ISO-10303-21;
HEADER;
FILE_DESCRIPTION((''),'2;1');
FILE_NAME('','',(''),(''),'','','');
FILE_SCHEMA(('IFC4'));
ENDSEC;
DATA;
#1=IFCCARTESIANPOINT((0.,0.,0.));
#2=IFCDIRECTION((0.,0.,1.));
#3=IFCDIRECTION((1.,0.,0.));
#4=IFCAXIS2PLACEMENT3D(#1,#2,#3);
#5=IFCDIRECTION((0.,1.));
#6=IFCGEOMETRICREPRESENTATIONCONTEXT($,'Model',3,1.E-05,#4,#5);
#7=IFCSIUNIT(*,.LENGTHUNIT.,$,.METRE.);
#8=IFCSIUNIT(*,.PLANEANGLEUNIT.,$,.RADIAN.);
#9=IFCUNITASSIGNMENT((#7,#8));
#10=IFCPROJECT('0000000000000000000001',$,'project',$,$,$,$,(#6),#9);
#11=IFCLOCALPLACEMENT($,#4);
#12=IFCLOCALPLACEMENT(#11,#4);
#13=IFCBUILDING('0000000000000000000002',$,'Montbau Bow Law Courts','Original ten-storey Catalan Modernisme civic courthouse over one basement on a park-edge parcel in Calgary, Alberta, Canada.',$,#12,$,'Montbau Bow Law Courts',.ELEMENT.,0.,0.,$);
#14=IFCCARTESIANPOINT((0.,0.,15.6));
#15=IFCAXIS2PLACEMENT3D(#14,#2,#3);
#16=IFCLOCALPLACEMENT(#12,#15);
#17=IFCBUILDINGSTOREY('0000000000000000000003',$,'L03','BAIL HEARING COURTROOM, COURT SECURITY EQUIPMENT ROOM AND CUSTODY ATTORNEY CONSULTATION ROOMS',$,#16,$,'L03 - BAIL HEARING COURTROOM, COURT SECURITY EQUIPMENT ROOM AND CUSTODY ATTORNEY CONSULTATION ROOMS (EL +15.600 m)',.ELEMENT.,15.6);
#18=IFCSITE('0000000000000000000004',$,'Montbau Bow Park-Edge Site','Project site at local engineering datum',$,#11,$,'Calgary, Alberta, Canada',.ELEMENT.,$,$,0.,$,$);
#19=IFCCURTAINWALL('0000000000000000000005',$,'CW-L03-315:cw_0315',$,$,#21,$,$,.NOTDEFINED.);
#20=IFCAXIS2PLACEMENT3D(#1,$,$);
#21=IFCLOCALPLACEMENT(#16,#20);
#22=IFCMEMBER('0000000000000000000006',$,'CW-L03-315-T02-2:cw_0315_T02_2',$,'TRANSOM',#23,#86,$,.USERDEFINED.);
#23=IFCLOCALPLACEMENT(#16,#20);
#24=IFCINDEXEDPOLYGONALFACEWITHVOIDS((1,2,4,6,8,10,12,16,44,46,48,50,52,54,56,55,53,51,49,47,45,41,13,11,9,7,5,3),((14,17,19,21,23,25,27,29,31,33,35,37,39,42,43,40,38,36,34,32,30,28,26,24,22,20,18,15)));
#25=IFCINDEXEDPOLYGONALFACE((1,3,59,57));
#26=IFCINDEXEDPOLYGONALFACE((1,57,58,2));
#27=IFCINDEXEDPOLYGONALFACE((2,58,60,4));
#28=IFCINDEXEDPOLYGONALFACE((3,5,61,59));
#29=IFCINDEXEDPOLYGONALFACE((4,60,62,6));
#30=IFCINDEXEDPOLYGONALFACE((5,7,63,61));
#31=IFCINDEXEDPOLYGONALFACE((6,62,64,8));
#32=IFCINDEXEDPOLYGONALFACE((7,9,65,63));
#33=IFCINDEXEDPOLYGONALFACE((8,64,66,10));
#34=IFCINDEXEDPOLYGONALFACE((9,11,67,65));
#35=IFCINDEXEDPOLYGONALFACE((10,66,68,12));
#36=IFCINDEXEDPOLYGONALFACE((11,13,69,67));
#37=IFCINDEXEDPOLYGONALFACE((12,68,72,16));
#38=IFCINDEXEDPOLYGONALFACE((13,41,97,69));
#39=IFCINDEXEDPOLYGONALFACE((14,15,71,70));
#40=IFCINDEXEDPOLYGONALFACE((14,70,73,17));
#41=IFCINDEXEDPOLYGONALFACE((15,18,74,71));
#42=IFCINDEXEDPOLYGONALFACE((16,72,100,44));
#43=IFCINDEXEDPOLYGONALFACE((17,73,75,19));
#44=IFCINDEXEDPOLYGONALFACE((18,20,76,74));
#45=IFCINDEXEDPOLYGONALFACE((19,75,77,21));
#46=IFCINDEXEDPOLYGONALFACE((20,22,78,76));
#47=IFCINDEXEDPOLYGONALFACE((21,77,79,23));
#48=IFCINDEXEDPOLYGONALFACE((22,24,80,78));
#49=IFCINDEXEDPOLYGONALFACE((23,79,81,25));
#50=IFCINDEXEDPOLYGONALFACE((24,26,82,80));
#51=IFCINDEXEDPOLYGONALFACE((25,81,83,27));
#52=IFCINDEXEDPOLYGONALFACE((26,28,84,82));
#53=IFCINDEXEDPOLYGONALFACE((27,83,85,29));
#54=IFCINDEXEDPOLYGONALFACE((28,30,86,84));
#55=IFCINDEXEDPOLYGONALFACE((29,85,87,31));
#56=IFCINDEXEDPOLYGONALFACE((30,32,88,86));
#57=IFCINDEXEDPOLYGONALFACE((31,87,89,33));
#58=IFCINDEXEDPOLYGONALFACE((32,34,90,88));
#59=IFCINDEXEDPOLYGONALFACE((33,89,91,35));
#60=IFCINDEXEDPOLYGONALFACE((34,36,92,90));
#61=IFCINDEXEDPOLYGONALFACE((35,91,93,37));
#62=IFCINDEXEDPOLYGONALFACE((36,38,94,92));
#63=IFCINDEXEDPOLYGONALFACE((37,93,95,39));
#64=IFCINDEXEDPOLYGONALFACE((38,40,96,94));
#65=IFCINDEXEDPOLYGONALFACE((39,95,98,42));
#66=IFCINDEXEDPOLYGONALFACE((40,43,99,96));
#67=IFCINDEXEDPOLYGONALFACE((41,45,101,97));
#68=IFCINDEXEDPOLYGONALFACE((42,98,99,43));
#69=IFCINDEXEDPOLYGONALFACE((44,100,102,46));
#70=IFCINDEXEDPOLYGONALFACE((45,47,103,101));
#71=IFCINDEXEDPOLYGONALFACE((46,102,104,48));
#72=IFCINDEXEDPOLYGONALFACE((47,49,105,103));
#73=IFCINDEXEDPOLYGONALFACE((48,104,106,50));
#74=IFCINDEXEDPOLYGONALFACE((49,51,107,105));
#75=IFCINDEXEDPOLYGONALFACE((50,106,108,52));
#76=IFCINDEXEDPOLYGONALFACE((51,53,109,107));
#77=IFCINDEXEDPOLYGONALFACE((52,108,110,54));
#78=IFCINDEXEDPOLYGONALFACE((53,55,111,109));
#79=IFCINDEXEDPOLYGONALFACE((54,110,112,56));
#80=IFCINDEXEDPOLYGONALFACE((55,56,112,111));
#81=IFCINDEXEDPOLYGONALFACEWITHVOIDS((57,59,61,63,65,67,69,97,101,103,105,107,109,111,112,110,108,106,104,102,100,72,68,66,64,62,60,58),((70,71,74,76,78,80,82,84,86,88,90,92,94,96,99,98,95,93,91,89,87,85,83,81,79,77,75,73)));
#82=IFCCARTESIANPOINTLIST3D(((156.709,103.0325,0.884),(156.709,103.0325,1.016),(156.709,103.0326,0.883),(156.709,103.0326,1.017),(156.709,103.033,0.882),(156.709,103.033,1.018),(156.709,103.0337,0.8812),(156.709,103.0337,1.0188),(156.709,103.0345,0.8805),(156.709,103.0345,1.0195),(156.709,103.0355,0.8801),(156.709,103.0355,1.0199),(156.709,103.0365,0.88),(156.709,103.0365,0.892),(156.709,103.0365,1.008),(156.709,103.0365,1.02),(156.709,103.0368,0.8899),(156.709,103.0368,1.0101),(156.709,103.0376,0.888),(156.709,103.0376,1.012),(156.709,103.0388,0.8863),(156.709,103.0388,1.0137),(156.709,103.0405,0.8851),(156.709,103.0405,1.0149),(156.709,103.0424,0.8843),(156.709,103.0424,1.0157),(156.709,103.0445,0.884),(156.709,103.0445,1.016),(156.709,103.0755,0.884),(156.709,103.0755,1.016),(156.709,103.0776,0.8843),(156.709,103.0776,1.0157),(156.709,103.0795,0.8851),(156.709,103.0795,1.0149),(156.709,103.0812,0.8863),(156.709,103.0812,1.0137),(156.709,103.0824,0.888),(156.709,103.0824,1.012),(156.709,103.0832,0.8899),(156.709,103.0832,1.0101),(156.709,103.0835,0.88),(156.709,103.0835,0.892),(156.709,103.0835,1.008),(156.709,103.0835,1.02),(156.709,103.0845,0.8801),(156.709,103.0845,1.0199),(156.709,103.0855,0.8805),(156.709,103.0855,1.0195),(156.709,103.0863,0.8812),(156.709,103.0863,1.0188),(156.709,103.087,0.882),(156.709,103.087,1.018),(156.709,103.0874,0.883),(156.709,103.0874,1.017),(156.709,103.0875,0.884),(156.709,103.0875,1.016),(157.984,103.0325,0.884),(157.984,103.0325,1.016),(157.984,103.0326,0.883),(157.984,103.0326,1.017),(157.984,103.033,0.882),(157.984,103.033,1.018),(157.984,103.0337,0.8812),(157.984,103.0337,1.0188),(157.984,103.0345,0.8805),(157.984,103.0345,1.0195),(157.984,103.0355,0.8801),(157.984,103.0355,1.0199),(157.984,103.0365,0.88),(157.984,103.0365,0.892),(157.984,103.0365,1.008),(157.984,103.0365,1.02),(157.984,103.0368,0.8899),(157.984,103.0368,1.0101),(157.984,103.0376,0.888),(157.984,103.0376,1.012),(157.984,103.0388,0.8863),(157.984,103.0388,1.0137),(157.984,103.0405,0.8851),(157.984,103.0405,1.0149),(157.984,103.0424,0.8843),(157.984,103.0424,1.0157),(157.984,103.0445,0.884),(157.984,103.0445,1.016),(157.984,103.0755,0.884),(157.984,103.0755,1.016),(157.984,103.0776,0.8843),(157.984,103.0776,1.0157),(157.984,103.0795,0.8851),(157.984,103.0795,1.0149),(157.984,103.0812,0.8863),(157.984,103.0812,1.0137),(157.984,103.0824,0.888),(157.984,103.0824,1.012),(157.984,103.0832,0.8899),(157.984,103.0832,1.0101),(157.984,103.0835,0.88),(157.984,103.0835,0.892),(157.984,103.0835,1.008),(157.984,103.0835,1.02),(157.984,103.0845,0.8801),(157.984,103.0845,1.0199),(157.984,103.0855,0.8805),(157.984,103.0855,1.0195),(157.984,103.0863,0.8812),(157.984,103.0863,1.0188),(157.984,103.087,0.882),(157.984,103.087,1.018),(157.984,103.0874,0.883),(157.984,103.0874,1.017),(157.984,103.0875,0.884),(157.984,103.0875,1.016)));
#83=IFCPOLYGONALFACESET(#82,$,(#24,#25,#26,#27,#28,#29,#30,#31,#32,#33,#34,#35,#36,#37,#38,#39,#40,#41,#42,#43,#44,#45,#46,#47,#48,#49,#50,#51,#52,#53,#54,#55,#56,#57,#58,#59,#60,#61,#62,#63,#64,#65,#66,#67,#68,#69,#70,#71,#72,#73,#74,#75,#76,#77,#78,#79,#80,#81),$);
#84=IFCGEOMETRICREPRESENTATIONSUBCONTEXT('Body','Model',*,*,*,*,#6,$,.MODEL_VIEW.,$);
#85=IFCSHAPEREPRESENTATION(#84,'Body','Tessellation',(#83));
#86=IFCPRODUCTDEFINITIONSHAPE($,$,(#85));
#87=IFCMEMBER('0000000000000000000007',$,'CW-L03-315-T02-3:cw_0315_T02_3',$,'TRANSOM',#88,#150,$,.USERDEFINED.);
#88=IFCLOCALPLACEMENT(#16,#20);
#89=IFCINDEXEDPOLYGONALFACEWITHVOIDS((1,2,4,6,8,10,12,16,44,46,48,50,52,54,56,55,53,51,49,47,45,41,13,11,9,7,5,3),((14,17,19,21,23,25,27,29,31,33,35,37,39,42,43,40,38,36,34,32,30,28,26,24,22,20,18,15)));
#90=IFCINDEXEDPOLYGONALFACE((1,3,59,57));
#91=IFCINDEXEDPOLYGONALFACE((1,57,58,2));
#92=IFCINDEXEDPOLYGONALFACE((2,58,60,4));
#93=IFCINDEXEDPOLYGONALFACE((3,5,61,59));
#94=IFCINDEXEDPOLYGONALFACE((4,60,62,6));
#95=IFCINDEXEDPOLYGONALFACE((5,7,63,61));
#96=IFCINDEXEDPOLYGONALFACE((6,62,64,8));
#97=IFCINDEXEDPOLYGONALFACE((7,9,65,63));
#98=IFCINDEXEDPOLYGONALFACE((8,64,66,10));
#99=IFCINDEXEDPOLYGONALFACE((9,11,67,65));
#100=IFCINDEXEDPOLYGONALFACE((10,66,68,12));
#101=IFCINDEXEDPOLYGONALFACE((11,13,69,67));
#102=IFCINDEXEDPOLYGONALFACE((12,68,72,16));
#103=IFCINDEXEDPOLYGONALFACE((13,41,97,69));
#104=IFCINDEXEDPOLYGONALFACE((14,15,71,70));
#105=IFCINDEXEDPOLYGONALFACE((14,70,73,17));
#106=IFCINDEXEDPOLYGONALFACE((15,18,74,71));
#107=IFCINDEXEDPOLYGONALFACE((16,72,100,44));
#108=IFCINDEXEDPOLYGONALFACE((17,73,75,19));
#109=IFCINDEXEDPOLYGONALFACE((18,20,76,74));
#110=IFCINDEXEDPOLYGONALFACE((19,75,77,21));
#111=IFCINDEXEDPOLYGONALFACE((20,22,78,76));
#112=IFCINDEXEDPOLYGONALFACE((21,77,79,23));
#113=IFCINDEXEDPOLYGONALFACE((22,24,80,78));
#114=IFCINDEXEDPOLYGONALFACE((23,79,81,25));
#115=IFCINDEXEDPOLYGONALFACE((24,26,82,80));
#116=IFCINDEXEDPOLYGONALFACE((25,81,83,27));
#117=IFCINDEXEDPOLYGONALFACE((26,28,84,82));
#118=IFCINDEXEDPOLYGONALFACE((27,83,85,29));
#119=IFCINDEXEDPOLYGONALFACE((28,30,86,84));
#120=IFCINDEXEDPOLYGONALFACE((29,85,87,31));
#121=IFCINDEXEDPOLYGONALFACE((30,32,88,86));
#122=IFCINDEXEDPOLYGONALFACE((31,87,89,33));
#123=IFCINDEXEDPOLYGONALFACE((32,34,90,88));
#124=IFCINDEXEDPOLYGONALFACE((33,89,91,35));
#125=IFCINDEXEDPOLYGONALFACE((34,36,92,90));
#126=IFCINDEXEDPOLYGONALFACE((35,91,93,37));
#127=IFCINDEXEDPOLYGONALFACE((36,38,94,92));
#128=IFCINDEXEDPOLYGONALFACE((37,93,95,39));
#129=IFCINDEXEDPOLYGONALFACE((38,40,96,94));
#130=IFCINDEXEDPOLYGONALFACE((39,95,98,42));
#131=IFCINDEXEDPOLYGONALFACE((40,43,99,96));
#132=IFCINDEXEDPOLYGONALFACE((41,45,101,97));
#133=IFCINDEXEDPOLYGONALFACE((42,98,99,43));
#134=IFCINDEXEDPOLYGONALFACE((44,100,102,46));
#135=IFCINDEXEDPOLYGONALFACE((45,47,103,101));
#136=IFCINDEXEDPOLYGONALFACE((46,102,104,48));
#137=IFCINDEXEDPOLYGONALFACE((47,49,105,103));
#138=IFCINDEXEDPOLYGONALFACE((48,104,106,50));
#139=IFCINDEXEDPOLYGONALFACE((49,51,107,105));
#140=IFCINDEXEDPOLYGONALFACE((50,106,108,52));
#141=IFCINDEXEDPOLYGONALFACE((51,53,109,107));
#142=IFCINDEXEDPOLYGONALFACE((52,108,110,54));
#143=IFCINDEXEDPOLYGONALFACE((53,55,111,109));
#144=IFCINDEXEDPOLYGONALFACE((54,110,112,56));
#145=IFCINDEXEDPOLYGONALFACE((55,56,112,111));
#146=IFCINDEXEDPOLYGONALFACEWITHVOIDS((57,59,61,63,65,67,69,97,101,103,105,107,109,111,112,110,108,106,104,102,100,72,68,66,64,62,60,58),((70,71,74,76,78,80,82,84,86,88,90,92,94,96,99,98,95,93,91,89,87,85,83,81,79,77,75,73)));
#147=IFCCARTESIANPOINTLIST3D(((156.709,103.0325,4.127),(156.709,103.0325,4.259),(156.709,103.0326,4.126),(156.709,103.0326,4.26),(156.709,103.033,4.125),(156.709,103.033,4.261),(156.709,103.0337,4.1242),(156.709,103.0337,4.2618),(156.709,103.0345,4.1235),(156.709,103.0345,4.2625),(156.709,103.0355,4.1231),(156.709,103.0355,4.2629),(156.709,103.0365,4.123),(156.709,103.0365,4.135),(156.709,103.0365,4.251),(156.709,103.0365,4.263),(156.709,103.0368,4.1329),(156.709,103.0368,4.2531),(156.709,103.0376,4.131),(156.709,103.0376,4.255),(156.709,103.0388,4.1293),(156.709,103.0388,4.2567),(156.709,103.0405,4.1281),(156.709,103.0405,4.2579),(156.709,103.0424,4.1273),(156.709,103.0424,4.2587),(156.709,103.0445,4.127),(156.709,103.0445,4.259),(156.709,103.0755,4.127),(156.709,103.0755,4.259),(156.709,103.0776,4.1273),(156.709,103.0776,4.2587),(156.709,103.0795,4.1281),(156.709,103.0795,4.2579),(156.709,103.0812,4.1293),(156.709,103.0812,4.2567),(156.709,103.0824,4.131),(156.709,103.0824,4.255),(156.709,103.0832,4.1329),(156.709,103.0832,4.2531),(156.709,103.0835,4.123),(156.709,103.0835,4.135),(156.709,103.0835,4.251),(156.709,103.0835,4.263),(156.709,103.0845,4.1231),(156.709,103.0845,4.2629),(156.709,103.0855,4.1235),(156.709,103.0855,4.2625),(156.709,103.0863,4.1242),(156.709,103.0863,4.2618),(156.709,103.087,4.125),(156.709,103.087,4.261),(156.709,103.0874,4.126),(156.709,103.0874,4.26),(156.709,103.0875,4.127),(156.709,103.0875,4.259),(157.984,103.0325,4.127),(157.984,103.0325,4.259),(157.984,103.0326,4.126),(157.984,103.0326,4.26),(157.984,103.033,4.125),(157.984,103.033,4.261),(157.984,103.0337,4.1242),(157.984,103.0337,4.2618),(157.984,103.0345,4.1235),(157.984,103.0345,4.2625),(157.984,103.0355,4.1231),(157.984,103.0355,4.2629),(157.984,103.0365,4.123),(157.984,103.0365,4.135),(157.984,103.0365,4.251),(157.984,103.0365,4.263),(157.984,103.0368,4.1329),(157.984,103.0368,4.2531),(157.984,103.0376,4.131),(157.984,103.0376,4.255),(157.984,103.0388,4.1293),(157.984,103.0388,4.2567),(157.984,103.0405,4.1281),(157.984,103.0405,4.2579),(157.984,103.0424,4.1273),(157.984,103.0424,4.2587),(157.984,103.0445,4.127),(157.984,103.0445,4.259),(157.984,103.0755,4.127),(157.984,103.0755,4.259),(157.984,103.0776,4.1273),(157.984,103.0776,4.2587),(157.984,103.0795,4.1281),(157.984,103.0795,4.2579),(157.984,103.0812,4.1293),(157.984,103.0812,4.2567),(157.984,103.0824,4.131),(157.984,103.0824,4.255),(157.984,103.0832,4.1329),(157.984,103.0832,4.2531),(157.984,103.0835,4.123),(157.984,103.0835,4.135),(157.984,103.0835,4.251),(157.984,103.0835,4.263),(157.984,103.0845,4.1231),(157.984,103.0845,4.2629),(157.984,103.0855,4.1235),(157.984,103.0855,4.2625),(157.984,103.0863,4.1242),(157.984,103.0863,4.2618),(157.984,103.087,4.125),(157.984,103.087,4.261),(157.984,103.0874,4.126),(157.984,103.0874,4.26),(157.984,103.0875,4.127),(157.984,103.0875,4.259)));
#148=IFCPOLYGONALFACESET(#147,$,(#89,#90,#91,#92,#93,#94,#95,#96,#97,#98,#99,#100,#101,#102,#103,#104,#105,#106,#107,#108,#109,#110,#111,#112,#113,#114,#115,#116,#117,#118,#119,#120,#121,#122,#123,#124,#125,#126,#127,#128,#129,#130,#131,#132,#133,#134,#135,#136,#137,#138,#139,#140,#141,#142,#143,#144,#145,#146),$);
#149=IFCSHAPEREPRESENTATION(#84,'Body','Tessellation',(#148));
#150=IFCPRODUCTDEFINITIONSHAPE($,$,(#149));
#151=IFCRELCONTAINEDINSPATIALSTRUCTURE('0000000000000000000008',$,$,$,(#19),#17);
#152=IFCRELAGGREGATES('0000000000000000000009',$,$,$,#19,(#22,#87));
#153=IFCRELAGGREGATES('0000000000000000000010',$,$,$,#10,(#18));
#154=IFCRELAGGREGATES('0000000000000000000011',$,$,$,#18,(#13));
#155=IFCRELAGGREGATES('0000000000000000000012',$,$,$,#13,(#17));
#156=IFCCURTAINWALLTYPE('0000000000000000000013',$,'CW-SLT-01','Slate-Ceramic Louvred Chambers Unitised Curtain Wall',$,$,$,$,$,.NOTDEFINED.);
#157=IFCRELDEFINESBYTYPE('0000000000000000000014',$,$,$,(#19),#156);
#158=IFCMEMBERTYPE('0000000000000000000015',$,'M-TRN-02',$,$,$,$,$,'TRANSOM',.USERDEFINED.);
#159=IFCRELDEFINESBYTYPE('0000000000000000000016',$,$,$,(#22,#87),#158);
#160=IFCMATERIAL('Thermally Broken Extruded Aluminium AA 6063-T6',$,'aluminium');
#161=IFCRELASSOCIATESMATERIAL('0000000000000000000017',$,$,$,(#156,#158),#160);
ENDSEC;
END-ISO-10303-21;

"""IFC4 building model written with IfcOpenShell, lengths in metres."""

from ifc_helpers import new_model, si_unit, direction, frame, origin_with_axes, origin_2d_with_axis, place, context, subcontext, project, spatial, hollow_rectangle, extrude, material, material_profile, profile_set, type_object, element, aggregate, save


model = new_model("IFC4")

# Units and contexts
model_context = context("Model", 3, precision=1e-05, world=origin_with_axes(), true_north=direction((0.0, 1.0)))
body_context = subcontext(model_context, "Body", "Model", "MODEL_VIEW")
ifc_project = project(units=[si_unit("LENGTHUNIT", "METRE"), si_unit("PLANEANGLEUNIT", "RADIAN")], contexts=[model_context])

# Site, building, storey
site_placement = place(None, origin_with_axes())
site = spatial("IfcSite", under=ifc_project, at=site_placement, Name="Montbau Bow Park-Edge Site", Description="Project site at local engineering datum", LongName="Calgary, Alberta, Canada", CompositionType="ELEMENT", RefElevation=0.0)
building_placement = place(site_placement, origin_with_axes())
building = spatial("IfcBuilding", under=site, at=building_placement, Name="Montbau Bow Law Courts", Description="Original ten-storey Catalan Modernisme civic courthouse over one basement on a park-edge parcel in Calgary, Alberta, Canada.", LongName="Montbau Bow Law Courts", CompositionType="ELEMENT", ElevationOfRefHeight=0.0, ElevationOfTerrain=0.0)
storey_placement = place(building_placement, frame((0.0, 0.0, 15.6), z_axis=(0.0, 0.0, 1.0), x_axis=(1.0, 0.0, 0.0)))
storey = spatial("IfcBuildingStorey", under=building, at=storey_placement, Name="L03", Description="BAIL HEARING COURTROOM, COURT SECURITY EQUIPMENT ROOM AND CUSTODY ATTORNEY CONSULTATION ROOMS", LongName="L03 - BAIL HEARING COURTROOM, COURT SECURITY EQUIPMENT ROOM AND CUSTODY ATTORNEY CONSULTATION ROOMS (EL +15.600 m)", CompositionType="ELEMENT", Elevation=15.6)

# Curtain wall, members
ifc_material_1 = material(Name="Thermally Broken Extruded Aluminium AA 6063-T6", Category="aluminium")
curtain_wall_type = type_object("IfcCurtainWallType", Name="CW-SLT-01", Description="Slate-Ceramic Louvred Chambers Unitised Curtain Wall", PredefinedType="NOTDEFINED", material=ifc_material_1)
curtain_wall_placement = place(None, frame((155.315, 103.06, 15.6), z_axis=(0.0, 0.0, 1.0), x_axis=(1.0, 0.0, 0.0)))
curtain_wall = element("IfcCurtainWall", 1, at=curtain_wall_placement, inside=storey, type_object=curtain_wall_type, Name="CW-L03-315:cw_0315", PredefinedType="NOTDEFINED")
ifc_material_profile_1 = material_profile(ifc_material_1, hollow_rectangle(XDim=0.055, YDim=0.14, WallThickness=0.004, InnerFilletRadius=0.008, OuterFilletRadius=0.004, at=origin_2d_with_axis()), Name="CWT-140X55", Category="Main", Priority=0)
ifc_profile_set_1 = profile_set([ifc_material_profile_1], Name="Thermally Broken Extruded Aluminium AA 6063-T6")
member_type_1 = type_object("IfcMemberType", Name="M-TRN-02", ElementType="TRANSOM", PredefinedType="USERDEFINED", material=ifc_profile_set_1)
member_1_placement = place(None, frame((156.709, 103.06, 16.55), z_axis=(1.0, 0.0, 0.0), x_axis=(0.0, 1.0, 0.0)))
member_1 = element("IfcMember", 2, at=member_1_placement, type_object=member_type_1, Name="CW-L03-315-T02-2:cw_0315_T02_2", ObjectType="TRANSOM", PredefinedType="USERDEFINED", context=body_context, shape_type="SweptSolid", body=[
    extrude(hollow_rectangle(XDim=0.055, YDim=0.14, WallThickness=0.004, InnerFilletRadius=0.008, OuterFilletRadius=0.004, at=origin_2d_with_axis()), origin_with_axes(), (0.0, 0.0, 1.0), 1.275),
])
member_2_placement = place(None, frame((156.709, 103.06, 19.793), z_axis=(1.0, 0.0, 0.0), x_axis=(0.0, 1.0, 0.0)))
member_2 = element("IfcMember", 3, at=member_2_placement, type_object=member_type_1, Name="CW-L03-315-T02-3:cw_0315_T02_3", ObjectType="TRANSOM", PredefinedType="USERDEFINED", context=body_context, shape_type="SweptSolid", body=[
    extrude(hollow_rectangle(XDim=0.055, YDim=0.14, WallThickness=0.004, InnerFilletRadius=0.008, OuterFilletRadius=0.004, at=origin_2d_with_axis()), origin_with_axes(), (0.0, 0.0, 1.0), 1.275),
])
aggregate(curtain_wall, [member_1, member_2])

save(model, "model.ifc")
